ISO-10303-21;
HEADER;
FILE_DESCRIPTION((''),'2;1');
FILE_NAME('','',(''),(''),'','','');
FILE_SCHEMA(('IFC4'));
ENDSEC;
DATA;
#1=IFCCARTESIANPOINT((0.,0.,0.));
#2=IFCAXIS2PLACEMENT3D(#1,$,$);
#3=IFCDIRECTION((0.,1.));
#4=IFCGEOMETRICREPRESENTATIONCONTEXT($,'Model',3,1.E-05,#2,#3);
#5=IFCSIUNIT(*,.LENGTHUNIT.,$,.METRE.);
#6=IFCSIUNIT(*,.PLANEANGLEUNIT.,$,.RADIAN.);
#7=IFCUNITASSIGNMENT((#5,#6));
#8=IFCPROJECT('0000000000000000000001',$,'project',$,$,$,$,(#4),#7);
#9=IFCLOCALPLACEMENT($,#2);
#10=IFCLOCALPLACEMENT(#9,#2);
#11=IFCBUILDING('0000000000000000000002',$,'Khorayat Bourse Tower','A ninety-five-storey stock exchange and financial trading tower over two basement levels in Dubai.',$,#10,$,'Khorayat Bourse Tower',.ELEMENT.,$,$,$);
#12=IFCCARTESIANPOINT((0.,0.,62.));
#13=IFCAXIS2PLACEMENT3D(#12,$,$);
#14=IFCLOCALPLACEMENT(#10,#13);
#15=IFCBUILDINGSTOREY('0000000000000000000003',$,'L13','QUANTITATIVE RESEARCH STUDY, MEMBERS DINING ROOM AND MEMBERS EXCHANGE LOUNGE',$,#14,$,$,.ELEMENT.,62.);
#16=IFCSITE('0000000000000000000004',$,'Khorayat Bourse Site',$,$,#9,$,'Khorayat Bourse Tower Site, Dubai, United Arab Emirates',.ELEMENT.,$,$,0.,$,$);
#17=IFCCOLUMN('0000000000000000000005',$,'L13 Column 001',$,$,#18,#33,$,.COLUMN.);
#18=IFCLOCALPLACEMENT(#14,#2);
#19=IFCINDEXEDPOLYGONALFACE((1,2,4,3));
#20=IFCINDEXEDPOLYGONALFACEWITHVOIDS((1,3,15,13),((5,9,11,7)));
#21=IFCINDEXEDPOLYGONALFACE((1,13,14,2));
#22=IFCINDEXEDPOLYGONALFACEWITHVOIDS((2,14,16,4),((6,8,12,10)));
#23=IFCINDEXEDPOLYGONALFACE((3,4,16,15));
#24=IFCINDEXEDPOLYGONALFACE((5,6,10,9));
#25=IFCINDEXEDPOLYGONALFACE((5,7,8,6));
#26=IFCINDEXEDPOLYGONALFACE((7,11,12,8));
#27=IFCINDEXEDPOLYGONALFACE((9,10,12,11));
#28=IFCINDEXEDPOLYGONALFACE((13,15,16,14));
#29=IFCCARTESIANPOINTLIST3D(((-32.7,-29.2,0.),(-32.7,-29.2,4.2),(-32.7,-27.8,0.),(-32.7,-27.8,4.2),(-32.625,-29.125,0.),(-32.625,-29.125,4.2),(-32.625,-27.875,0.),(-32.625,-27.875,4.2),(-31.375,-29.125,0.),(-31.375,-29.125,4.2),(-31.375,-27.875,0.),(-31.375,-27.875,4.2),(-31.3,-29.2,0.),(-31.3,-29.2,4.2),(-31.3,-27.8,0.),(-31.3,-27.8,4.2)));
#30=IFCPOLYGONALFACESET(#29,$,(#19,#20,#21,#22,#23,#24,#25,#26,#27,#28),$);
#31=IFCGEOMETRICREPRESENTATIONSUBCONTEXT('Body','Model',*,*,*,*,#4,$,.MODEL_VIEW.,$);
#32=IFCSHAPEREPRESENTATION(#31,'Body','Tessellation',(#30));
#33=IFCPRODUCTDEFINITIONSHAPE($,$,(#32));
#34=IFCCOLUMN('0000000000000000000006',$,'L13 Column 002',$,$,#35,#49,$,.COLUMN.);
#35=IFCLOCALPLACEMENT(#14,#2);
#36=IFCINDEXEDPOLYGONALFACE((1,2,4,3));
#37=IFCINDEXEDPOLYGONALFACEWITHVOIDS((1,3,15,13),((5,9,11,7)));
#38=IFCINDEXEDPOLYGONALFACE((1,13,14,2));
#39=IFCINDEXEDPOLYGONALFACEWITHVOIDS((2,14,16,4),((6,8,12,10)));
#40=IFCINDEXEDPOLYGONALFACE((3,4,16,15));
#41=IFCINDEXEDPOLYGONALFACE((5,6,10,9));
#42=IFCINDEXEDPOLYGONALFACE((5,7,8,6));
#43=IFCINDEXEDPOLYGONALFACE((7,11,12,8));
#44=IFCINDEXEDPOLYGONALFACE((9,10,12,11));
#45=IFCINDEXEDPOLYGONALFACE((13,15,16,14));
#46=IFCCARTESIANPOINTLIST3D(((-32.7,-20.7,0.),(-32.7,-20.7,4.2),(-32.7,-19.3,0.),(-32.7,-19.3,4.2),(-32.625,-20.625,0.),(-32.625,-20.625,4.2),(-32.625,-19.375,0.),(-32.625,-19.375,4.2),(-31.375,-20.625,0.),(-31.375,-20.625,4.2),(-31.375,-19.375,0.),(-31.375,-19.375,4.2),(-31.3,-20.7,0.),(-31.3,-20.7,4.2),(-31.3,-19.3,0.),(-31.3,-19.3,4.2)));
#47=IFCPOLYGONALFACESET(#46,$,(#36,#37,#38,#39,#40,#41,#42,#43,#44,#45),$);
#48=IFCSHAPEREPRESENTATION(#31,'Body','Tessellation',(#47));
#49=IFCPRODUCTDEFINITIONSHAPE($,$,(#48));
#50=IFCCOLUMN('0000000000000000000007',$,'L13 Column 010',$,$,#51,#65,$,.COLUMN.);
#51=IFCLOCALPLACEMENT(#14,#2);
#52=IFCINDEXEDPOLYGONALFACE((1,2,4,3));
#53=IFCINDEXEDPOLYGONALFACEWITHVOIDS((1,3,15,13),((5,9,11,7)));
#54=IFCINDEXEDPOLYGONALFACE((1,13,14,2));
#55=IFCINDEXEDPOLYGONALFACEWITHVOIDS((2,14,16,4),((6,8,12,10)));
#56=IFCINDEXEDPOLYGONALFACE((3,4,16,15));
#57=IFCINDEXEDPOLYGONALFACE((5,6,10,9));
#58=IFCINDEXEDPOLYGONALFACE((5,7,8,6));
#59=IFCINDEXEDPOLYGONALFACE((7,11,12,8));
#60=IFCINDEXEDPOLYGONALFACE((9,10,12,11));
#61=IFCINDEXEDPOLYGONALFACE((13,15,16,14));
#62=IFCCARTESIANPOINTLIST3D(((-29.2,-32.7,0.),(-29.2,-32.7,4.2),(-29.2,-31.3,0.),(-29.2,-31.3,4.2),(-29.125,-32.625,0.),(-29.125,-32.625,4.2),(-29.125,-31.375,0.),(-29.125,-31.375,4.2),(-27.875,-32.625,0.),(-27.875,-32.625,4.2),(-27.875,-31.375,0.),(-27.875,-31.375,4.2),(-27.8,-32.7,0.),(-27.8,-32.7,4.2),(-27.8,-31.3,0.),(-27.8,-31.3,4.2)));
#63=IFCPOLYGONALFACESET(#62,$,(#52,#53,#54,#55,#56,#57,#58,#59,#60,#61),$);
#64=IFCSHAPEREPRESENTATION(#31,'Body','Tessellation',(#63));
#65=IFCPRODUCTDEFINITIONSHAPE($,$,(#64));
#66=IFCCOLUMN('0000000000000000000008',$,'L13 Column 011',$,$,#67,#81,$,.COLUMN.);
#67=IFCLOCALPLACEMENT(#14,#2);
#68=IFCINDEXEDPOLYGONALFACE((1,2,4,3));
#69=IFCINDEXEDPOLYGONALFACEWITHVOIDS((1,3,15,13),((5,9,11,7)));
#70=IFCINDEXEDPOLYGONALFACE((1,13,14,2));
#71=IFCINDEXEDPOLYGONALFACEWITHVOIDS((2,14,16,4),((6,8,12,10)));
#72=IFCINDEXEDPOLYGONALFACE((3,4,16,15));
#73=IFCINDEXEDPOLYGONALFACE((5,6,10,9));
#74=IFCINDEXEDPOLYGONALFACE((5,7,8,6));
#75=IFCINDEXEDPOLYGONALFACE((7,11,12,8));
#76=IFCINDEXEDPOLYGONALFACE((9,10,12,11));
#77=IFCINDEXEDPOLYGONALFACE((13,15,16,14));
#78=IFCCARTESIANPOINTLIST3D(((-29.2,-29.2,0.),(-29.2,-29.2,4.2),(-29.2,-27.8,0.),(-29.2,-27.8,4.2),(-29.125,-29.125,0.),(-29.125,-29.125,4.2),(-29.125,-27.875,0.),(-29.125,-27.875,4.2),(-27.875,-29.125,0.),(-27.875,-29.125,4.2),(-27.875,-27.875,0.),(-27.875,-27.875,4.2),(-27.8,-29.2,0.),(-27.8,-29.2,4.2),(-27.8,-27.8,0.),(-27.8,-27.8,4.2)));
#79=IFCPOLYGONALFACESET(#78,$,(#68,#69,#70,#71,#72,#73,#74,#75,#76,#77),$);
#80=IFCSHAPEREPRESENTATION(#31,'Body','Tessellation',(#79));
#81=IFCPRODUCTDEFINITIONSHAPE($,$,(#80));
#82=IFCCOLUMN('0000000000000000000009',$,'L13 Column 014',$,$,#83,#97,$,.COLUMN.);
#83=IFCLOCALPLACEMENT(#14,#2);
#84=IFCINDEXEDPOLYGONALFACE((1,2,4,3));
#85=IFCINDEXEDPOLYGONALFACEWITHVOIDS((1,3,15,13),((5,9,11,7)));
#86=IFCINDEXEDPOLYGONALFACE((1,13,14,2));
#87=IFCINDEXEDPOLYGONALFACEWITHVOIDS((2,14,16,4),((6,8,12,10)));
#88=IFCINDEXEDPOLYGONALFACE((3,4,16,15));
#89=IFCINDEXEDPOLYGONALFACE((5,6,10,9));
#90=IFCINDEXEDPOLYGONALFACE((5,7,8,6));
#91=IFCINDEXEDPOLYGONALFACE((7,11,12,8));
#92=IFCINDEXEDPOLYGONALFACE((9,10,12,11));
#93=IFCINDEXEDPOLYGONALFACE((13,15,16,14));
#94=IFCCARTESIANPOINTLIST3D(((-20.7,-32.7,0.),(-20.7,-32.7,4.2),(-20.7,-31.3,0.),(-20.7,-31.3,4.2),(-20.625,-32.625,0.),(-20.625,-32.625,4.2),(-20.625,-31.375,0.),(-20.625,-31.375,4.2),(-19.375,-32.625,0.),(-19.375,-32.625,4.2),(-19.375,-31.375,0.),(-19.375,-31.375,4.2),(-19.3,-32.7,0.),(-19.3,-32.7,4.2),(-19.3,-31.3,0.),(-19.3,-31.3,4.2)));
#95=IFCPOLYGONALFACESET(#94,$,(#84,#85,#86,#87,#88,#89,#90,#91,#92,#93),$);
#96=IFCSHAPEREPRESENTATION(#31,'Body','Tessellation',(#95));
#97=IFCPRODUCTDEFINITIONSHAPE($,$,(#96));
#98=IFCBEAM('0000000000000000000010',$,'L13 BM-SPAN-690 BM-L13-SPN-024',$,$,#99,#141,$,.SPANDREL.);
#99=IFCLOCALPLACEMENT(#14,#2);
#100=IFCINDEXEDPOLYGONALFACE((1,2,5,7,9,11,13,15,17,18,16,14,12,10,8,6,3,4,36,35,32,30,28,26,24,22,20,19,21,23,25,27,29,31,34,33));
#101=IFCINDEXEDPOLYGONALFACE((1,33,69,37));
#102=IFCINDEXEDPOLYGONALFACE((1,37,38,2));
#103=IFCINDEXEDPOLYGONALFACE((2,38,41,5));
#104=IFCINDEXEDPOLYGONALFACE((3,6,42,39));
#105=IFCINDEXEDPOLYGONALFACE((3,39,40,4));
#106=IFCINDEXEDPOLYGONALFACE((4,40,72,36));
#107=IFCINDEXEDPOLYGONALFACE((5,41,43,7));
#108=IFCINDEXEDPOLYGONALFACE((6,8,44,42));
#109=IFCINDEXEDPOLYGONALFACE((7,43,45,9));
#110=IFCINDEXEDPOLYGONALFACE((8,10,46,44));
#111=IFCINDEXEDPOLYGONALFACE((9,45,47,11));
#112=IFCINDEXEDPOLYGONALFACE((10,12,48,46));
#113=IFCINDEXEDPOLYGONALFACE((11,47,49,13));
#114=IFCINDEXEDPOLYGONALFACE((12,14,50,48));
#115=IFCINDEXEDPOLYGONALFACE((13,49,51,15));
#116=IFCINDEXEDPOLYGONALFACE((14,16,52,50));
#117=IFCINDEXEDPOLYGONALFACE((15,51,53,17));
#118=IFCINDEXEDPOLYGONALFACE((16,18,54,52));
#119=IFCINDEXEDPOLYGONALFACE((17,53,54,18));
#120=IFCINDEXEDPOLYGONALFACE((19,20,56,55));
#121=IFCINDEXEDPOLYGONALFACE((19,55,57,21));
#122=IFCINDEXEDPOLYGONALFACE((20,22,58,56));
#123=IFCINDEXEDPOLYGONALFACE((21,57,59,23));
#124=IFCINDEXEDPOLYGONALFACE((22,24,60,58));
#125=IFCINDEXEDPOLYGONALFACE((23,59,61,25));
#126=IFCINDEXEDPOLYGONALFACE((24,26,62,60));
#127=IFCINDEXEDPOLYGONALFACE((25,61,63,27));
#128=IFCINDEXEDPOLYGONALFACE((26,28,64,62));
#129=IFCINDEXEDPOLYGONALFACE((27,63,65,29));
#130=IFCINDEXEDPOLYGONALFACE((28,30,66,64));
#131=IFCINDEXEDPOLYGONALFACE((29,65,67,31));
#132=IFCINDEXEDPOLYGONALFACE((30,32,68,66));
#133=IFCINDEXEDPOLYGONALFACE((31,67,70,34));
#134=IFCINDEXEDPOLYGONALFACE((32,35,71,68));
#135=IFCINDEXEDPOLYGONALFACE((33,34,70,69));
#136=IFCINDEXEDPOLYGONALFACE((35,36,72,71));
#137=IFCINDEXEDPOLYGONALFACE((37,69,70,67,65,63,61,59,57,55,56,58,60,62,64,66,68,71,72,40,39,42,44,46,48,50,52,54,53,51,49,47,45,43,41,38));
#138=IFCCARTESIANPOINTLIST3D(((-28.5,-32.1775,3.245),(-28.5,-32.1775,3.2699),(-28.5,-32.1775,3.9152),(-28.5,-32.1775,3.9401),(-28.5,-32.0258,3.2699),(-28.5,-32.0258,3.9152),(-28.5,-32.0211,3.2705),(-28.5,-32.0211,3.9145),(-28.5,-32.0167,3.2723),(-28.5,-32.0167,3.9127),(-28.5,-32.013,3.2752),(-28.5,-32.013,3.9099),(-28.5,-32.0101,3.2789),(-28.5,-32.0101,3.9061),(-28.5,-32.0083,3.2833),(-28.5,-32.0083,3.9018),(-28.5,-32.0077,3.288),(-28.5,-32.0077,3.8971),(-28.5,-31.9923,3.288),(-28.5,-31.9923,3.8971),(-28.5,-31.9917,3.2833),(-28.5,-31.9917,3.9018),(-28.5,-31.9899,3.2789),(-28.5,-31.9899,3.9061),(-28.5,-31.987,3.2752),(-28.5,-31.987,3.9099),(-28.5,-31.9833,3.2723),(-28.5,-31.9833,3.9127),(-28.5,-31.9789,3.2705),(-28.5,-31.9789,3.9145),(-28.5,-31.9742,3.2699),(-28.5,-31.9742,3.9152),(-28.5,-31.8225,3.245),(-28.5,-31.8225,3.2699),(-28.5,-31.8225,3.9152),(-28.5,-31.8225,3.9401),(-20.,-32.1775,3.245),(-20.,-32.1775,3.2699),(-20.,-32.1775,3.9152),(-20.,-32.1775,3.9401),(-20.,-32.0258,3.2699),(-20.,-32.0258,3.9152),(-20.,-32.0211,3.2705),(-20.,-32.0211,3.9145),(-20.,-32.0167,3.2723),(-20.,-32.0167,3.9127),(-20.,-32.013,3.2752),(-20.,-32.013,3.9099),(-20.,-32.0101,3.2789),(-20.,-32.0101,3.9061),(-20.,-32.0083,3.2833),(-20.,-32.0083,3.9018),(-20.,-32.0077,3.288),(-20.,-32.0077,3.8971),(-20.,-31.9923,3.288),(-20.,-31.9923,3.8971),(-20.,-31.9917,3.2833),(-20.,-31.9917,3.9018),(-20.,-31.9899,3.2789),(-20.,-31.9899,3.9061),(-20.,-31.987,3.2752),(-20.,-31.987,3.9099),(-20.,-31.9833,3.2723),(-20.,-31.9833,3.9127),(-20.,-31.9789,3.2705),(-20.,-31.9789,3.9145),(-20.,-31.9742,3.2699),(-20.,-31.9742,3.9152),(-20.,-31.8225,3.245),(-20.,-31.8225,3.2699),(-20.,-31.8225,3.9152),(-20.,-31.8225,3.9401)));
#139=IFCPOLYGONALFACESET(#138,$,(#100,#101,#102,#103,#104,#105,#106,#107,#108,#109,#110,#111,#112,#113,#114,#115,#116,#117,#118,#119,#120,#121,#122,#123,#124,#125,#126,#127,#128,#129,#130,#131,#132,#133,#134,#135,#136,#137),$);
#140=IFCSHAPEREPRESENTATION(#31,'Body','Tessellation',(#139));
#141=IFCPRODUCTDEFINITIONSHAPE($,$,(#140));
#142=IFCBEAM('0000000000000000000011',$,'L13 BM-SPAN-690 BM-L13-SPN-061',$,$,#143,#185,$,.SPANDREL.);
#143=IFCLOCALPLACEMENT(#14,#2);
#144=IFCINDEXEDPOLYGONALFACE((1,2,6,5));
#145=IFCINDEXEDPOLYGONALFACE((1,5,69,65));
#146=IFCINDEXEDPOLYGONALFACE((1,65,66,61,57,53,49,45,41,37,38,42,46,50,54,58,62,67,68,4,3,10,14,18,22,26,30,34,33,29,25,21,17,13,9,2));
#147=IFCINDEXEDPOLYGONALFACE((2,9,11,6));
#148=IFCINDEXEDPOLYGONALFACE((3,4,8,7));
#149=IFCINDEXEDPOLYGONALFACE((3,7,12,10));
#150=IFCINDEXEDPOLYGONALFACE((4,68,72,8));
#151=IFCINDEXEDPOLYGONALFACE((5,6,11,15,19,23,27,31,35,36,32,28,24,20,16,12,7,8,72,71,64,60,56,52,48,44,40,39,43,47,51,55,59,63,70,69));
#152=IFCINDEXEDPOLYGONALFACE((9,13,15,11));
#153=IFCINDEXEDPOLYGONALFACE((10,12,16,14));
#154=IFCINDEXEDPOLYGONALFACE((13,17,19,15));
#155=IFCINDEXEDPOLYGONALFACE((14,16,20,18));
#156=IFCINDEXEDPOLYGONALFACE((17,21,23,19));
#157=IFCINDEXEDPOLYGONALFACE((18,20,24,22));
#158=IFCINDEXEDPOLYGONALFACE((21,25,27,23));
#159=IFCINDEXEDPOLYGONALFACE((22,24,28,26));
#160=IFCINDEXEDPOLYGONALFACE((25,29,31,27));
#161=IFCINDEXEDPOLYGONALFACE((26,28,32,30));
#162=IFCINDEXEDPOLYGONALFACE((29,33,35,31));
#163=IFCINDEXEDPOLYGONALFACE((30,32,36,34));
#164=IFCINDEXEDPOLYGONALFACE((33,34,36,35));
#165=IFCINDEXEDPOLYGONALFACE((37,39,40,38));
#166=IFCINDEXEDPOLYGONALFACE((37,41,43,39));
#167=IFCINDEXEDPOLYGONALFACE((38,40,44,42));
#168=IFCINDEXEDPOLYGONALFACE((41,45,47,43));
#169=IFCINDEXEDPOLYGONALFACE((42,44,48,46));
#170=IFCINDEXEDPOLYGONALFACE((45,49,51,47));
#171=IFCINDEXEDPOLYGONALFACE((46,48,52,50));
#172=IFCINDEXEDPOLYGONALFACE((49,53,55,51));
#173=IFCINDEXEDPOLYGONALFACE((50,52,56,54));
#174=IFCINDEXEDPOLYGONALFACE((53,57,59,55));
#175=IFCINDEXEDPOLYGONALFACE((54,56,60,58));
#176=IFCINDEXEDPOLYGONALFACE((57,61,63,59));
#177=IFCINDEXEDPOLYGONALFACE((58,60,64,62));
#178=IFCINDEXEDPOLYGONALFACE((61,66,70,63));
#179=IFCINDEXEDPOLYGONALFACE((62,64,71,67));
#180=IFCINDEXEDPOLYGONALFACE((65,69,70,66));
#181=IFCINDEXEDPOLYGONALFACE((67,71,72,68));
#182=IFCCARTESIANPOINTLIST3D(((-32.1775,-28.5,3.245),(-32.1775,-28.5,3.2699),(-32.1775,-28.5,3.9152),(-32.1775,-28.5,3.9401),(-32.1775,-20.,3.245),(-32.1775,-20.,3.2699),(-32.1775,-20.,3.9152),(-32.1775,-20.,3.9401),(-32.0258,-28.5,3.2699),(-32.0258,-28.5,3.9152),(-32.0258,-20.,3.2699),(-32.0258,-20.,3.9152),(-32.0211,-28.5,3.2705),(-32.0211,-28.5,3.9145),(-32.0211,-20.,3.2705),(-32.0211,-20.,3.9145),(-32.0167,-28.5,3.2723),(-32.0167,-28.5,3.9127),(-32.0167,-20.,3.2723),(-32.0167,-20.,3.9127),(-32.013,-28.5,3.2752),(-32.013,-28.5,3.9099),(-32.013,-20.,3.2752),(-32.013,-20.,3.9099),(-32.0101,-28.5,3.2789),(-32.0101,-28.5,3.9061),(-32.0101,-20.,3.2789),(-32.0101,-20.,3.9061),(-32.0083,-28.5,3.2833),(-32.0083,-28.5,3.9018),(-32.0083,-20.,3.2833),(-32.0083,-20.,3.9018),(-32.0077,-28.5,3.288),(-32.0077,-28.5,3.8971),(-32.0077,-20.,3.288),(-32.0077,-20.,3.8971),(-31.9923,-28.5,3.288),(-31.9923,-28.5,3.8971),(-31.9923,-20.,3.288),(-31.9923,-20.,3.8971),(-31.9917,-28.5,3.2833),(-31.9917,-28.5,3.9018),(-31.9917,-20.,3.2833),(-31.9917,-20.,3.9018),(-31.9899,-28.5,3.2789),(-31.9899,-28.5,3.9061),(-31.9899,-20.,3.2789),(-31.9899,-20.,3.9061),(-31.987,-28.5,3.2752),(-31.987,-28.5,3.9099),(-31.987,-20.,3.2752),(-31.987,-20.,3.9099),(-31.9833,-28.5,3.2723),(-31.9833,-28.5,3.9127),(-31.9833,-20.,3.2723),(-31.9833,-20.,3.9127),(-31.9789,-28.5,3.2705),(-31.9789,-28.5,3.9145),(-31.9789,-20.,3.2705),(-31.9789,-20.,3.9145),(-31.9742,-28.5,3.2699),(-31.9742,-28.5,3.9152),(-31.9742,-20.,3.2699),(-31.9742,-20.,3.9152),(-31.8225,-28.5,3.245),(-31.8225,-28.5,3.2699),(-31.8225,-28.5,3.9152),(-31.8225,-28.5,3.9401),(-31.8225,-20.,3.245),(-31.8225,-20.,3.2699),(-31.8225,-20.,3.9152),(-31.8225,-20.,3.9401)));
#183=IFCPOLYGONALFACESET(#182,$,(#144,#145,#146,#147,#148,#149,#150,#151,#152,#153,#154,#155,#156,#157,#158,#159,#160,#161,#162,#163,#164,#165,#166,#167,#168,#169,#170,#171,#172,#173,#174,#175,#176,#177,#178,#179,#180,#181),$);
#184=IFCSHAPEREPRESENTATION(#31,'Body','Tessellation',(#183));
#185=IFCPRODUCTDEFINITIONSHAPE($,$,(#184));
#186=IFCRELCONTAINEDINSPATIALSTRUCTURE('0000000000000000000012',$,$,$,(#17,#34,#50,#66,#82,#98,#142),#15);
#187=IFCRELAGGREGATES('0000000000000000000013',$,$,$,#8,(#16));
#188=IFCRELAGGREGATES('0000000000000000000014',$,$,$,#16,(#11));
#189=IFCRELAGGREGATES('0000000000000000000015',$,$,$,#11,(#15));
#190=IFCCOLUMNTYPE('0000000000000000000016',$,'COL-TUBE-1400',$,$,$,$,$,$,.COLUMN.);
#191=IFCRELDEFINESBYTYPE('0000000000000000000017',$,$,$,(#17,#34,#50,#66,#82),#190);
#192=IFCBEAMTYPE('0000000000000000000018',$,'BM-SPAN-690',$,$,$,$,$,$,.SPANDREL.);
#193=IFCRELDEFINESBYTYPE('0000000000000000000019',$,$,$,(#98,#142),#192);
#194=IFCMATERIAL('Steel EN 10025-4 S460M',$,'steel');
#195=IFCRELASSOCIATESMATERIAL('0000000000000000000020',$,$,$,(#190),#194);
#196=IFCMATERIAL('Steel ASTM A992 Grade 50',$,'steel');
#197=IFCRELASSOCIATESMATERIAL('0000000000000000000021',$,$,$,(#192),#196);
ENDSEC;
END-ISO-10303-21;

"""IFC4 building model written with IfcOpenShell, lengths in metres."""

from ifc_helpers import new_model, si_unit, direction, frame, origin, origin_2d, place, context, subcontext, project, spatial, hollow_rectangle, i_section, extrude, source, transform, mapped, material, material_profile, profile_set, type_object, element, save


model = new_model("IFC4")

# Units and contexts
model_context = context("Model", 3, precision=1e-05, world=origin(), true_north=direction((0.0, 1.0)))
body_context = subcontext(model_context, "Body", "Model", "MODEL_VIEW")
ifc_project = project(units=[si_unit("LENGTHUNIT", "METRE"), si_unit("PLANEANGLEUNIT", "RADIAN")], contexts=[model_context])

# Site, building, storey
site_placement = place(None, origin())
site = spatial("IfcSite", under=ifc_project, at=site_placement, Name="Khorayat Bourse Site", LongName="Khorayat Bourse Tower Site, Dubai, United Arab Emirates", CompositionType="ELEMENT", RefElevation=0.0)
building_placement = place(site_placement, origin())
building = spatial("IfcBuilding", under=site, at=building_placement, Name="Khorayat Bourse Tower", Description="A ninety-five-storey stock exchange and financial trading tower over two basement levels in Dubai.", LongName="Khorayat Bourse Tower", CompositionType="ELEMENT")
storey_placement = place(building_placement, frame((0.0, 0.0, 62.0)))
storey = spatial("IfcBuildingStorey", under=building, at=storey_placement, Name="L13", Description="QUANTITATIVE RESEARCH STUDY, MEMBERS DINING ROOM AND MEMBERS EXCHANGE LOUNGE", CompositionType="ELEMENT", Elevation=62.0)

# Columns
ifc_material_1 = material(Name="Steel EN 10025-4 S460M", Category="steel")
ifc_material_profile_1 = material_profile(ifc_material_1, hollow_rectangle(XDim=1.3999, YDim=1.3999, WallThickness=0.075, at=origin_2d()), Name="BOX 1400x1400x75")
ifc_profile_set_1 = profile_set([ifc_material_profile_1], Name="Steel EN 10025-4 S460M")
column_type = type_object("IfcColumnType", Name="COL-TUBE-1400", PredefinedType="COLUMN", material=ifc_profile_set_1)
shared_shape_1 = source(origin(), body_context, "Body", "SweptSolid", [
    extrude(hollow_rectangle(XDim=1.3999, YDim=1.3999, WallThickness=0.075, at=origin_2d()), origin(), (0.0, 0.0, 1.0), 4.2),
])
for number, where, z_axis, x_axis, name in (
    (1, (-32.0, -28.5, 0.0), (0.0, 0.0, 1.0), (1.0, 0.0, 0.0), "L13 Column 001"),
    (2, (-32.0, -20.0, 0.0), (0.0, 0.0, 1.0), (1.0, 0.0, 0.0), "L13 Column 002"),
    (3, (-28.5, -32.0, 0.0), (0.0, 0.0, 1.0), (1.0, 0.0, 0.0), "L13 Column 010"),
    (4, (-28.5, -28.5, 0.0), (0.0, 0.0, 1.0), (1.0, 0.0, 0.0), "L13 Column 011"),
    (5, (-20.0, -32.0, 0.0), (0.0, 0.0, 1.0), (1.0, 0.0, 0.0), "L13 Column 014"),
):
    element("IfcColumn", number, at=place(storey_placement, frame(where, z_axis=z_axis, x_axis=x_axis)), inside=storey, type_object=column_type, Name=name, PredefinedType="COLUMN", context=body_context, shape_type="MappedRepresentation", body=[
        mapped(shared_shape_1, transform((0.0, 0.0, 0.0), scale=1.0)),
    ])

# Beams
ifc_material_2 = material(Name="Steel ASTM A992 Grade 50", Category="steel")
ifc_material_profile_2 = material_profile(ifc_material_2, i_section(OverallWidth=0.355, OverallDepth=0.6951, WebThickness=0.0154, FlangeThickness=0.0249, FilletRadius=0.0181, at=origin_2d()), Name="W690X217")
ifc_profile_set_2 = profile_set([ifc_material_profile_2], Name="Steel ASTM A992 Grade 50")
beam_type_1 = type_object("IfcBeamType", Name="BM-SPAN-690", PredefinedType="SPANDREL", material=ifc_profile_set_2)
shared_shape_2 = source(origin(), body_context, "Body", "SweptSolid", [
    extrude(i_section(OverallWidth=0.355, OverallDepth=0.6951, WebThickness=0.0154, FlangeThickness=0.0249, FilletRadius=0.0181, at=origin_2d()), origin(), (0.0, 0.0, 1.0), 8.5),
])
for number, where, z_axis, x_axis, name in (
    (6, (-28.5, -32.0, 3.5925), (1.0, 0.0, 0.0), (0.0, 1.0, 0.0), "L13 BM-SPAN-690 BM-L13-SPN-024"),
    (7, (-32.0, -28.5, 3.5925), (0.0, 1.0, 0.0), (-1.0, 0.0, 0.0), "L13 BM-SPAN-690 BM-L13-SPN-061"),
):
    element("IfcBeam", number, at=place(storey_placement, frame(where, z_axis=z_axis, x_axis=x_axis)), inside=storey, type_object=beam_type_1, Name=name, PredefinedType="SPANDREL", context=body_context, shape_type="MappedRepresentation", body=[
        mapped(shared_shape_2, transform((0.0, 0.0, 0.0), scale=1.0)),
    ])

save(model, "model.ifc")
